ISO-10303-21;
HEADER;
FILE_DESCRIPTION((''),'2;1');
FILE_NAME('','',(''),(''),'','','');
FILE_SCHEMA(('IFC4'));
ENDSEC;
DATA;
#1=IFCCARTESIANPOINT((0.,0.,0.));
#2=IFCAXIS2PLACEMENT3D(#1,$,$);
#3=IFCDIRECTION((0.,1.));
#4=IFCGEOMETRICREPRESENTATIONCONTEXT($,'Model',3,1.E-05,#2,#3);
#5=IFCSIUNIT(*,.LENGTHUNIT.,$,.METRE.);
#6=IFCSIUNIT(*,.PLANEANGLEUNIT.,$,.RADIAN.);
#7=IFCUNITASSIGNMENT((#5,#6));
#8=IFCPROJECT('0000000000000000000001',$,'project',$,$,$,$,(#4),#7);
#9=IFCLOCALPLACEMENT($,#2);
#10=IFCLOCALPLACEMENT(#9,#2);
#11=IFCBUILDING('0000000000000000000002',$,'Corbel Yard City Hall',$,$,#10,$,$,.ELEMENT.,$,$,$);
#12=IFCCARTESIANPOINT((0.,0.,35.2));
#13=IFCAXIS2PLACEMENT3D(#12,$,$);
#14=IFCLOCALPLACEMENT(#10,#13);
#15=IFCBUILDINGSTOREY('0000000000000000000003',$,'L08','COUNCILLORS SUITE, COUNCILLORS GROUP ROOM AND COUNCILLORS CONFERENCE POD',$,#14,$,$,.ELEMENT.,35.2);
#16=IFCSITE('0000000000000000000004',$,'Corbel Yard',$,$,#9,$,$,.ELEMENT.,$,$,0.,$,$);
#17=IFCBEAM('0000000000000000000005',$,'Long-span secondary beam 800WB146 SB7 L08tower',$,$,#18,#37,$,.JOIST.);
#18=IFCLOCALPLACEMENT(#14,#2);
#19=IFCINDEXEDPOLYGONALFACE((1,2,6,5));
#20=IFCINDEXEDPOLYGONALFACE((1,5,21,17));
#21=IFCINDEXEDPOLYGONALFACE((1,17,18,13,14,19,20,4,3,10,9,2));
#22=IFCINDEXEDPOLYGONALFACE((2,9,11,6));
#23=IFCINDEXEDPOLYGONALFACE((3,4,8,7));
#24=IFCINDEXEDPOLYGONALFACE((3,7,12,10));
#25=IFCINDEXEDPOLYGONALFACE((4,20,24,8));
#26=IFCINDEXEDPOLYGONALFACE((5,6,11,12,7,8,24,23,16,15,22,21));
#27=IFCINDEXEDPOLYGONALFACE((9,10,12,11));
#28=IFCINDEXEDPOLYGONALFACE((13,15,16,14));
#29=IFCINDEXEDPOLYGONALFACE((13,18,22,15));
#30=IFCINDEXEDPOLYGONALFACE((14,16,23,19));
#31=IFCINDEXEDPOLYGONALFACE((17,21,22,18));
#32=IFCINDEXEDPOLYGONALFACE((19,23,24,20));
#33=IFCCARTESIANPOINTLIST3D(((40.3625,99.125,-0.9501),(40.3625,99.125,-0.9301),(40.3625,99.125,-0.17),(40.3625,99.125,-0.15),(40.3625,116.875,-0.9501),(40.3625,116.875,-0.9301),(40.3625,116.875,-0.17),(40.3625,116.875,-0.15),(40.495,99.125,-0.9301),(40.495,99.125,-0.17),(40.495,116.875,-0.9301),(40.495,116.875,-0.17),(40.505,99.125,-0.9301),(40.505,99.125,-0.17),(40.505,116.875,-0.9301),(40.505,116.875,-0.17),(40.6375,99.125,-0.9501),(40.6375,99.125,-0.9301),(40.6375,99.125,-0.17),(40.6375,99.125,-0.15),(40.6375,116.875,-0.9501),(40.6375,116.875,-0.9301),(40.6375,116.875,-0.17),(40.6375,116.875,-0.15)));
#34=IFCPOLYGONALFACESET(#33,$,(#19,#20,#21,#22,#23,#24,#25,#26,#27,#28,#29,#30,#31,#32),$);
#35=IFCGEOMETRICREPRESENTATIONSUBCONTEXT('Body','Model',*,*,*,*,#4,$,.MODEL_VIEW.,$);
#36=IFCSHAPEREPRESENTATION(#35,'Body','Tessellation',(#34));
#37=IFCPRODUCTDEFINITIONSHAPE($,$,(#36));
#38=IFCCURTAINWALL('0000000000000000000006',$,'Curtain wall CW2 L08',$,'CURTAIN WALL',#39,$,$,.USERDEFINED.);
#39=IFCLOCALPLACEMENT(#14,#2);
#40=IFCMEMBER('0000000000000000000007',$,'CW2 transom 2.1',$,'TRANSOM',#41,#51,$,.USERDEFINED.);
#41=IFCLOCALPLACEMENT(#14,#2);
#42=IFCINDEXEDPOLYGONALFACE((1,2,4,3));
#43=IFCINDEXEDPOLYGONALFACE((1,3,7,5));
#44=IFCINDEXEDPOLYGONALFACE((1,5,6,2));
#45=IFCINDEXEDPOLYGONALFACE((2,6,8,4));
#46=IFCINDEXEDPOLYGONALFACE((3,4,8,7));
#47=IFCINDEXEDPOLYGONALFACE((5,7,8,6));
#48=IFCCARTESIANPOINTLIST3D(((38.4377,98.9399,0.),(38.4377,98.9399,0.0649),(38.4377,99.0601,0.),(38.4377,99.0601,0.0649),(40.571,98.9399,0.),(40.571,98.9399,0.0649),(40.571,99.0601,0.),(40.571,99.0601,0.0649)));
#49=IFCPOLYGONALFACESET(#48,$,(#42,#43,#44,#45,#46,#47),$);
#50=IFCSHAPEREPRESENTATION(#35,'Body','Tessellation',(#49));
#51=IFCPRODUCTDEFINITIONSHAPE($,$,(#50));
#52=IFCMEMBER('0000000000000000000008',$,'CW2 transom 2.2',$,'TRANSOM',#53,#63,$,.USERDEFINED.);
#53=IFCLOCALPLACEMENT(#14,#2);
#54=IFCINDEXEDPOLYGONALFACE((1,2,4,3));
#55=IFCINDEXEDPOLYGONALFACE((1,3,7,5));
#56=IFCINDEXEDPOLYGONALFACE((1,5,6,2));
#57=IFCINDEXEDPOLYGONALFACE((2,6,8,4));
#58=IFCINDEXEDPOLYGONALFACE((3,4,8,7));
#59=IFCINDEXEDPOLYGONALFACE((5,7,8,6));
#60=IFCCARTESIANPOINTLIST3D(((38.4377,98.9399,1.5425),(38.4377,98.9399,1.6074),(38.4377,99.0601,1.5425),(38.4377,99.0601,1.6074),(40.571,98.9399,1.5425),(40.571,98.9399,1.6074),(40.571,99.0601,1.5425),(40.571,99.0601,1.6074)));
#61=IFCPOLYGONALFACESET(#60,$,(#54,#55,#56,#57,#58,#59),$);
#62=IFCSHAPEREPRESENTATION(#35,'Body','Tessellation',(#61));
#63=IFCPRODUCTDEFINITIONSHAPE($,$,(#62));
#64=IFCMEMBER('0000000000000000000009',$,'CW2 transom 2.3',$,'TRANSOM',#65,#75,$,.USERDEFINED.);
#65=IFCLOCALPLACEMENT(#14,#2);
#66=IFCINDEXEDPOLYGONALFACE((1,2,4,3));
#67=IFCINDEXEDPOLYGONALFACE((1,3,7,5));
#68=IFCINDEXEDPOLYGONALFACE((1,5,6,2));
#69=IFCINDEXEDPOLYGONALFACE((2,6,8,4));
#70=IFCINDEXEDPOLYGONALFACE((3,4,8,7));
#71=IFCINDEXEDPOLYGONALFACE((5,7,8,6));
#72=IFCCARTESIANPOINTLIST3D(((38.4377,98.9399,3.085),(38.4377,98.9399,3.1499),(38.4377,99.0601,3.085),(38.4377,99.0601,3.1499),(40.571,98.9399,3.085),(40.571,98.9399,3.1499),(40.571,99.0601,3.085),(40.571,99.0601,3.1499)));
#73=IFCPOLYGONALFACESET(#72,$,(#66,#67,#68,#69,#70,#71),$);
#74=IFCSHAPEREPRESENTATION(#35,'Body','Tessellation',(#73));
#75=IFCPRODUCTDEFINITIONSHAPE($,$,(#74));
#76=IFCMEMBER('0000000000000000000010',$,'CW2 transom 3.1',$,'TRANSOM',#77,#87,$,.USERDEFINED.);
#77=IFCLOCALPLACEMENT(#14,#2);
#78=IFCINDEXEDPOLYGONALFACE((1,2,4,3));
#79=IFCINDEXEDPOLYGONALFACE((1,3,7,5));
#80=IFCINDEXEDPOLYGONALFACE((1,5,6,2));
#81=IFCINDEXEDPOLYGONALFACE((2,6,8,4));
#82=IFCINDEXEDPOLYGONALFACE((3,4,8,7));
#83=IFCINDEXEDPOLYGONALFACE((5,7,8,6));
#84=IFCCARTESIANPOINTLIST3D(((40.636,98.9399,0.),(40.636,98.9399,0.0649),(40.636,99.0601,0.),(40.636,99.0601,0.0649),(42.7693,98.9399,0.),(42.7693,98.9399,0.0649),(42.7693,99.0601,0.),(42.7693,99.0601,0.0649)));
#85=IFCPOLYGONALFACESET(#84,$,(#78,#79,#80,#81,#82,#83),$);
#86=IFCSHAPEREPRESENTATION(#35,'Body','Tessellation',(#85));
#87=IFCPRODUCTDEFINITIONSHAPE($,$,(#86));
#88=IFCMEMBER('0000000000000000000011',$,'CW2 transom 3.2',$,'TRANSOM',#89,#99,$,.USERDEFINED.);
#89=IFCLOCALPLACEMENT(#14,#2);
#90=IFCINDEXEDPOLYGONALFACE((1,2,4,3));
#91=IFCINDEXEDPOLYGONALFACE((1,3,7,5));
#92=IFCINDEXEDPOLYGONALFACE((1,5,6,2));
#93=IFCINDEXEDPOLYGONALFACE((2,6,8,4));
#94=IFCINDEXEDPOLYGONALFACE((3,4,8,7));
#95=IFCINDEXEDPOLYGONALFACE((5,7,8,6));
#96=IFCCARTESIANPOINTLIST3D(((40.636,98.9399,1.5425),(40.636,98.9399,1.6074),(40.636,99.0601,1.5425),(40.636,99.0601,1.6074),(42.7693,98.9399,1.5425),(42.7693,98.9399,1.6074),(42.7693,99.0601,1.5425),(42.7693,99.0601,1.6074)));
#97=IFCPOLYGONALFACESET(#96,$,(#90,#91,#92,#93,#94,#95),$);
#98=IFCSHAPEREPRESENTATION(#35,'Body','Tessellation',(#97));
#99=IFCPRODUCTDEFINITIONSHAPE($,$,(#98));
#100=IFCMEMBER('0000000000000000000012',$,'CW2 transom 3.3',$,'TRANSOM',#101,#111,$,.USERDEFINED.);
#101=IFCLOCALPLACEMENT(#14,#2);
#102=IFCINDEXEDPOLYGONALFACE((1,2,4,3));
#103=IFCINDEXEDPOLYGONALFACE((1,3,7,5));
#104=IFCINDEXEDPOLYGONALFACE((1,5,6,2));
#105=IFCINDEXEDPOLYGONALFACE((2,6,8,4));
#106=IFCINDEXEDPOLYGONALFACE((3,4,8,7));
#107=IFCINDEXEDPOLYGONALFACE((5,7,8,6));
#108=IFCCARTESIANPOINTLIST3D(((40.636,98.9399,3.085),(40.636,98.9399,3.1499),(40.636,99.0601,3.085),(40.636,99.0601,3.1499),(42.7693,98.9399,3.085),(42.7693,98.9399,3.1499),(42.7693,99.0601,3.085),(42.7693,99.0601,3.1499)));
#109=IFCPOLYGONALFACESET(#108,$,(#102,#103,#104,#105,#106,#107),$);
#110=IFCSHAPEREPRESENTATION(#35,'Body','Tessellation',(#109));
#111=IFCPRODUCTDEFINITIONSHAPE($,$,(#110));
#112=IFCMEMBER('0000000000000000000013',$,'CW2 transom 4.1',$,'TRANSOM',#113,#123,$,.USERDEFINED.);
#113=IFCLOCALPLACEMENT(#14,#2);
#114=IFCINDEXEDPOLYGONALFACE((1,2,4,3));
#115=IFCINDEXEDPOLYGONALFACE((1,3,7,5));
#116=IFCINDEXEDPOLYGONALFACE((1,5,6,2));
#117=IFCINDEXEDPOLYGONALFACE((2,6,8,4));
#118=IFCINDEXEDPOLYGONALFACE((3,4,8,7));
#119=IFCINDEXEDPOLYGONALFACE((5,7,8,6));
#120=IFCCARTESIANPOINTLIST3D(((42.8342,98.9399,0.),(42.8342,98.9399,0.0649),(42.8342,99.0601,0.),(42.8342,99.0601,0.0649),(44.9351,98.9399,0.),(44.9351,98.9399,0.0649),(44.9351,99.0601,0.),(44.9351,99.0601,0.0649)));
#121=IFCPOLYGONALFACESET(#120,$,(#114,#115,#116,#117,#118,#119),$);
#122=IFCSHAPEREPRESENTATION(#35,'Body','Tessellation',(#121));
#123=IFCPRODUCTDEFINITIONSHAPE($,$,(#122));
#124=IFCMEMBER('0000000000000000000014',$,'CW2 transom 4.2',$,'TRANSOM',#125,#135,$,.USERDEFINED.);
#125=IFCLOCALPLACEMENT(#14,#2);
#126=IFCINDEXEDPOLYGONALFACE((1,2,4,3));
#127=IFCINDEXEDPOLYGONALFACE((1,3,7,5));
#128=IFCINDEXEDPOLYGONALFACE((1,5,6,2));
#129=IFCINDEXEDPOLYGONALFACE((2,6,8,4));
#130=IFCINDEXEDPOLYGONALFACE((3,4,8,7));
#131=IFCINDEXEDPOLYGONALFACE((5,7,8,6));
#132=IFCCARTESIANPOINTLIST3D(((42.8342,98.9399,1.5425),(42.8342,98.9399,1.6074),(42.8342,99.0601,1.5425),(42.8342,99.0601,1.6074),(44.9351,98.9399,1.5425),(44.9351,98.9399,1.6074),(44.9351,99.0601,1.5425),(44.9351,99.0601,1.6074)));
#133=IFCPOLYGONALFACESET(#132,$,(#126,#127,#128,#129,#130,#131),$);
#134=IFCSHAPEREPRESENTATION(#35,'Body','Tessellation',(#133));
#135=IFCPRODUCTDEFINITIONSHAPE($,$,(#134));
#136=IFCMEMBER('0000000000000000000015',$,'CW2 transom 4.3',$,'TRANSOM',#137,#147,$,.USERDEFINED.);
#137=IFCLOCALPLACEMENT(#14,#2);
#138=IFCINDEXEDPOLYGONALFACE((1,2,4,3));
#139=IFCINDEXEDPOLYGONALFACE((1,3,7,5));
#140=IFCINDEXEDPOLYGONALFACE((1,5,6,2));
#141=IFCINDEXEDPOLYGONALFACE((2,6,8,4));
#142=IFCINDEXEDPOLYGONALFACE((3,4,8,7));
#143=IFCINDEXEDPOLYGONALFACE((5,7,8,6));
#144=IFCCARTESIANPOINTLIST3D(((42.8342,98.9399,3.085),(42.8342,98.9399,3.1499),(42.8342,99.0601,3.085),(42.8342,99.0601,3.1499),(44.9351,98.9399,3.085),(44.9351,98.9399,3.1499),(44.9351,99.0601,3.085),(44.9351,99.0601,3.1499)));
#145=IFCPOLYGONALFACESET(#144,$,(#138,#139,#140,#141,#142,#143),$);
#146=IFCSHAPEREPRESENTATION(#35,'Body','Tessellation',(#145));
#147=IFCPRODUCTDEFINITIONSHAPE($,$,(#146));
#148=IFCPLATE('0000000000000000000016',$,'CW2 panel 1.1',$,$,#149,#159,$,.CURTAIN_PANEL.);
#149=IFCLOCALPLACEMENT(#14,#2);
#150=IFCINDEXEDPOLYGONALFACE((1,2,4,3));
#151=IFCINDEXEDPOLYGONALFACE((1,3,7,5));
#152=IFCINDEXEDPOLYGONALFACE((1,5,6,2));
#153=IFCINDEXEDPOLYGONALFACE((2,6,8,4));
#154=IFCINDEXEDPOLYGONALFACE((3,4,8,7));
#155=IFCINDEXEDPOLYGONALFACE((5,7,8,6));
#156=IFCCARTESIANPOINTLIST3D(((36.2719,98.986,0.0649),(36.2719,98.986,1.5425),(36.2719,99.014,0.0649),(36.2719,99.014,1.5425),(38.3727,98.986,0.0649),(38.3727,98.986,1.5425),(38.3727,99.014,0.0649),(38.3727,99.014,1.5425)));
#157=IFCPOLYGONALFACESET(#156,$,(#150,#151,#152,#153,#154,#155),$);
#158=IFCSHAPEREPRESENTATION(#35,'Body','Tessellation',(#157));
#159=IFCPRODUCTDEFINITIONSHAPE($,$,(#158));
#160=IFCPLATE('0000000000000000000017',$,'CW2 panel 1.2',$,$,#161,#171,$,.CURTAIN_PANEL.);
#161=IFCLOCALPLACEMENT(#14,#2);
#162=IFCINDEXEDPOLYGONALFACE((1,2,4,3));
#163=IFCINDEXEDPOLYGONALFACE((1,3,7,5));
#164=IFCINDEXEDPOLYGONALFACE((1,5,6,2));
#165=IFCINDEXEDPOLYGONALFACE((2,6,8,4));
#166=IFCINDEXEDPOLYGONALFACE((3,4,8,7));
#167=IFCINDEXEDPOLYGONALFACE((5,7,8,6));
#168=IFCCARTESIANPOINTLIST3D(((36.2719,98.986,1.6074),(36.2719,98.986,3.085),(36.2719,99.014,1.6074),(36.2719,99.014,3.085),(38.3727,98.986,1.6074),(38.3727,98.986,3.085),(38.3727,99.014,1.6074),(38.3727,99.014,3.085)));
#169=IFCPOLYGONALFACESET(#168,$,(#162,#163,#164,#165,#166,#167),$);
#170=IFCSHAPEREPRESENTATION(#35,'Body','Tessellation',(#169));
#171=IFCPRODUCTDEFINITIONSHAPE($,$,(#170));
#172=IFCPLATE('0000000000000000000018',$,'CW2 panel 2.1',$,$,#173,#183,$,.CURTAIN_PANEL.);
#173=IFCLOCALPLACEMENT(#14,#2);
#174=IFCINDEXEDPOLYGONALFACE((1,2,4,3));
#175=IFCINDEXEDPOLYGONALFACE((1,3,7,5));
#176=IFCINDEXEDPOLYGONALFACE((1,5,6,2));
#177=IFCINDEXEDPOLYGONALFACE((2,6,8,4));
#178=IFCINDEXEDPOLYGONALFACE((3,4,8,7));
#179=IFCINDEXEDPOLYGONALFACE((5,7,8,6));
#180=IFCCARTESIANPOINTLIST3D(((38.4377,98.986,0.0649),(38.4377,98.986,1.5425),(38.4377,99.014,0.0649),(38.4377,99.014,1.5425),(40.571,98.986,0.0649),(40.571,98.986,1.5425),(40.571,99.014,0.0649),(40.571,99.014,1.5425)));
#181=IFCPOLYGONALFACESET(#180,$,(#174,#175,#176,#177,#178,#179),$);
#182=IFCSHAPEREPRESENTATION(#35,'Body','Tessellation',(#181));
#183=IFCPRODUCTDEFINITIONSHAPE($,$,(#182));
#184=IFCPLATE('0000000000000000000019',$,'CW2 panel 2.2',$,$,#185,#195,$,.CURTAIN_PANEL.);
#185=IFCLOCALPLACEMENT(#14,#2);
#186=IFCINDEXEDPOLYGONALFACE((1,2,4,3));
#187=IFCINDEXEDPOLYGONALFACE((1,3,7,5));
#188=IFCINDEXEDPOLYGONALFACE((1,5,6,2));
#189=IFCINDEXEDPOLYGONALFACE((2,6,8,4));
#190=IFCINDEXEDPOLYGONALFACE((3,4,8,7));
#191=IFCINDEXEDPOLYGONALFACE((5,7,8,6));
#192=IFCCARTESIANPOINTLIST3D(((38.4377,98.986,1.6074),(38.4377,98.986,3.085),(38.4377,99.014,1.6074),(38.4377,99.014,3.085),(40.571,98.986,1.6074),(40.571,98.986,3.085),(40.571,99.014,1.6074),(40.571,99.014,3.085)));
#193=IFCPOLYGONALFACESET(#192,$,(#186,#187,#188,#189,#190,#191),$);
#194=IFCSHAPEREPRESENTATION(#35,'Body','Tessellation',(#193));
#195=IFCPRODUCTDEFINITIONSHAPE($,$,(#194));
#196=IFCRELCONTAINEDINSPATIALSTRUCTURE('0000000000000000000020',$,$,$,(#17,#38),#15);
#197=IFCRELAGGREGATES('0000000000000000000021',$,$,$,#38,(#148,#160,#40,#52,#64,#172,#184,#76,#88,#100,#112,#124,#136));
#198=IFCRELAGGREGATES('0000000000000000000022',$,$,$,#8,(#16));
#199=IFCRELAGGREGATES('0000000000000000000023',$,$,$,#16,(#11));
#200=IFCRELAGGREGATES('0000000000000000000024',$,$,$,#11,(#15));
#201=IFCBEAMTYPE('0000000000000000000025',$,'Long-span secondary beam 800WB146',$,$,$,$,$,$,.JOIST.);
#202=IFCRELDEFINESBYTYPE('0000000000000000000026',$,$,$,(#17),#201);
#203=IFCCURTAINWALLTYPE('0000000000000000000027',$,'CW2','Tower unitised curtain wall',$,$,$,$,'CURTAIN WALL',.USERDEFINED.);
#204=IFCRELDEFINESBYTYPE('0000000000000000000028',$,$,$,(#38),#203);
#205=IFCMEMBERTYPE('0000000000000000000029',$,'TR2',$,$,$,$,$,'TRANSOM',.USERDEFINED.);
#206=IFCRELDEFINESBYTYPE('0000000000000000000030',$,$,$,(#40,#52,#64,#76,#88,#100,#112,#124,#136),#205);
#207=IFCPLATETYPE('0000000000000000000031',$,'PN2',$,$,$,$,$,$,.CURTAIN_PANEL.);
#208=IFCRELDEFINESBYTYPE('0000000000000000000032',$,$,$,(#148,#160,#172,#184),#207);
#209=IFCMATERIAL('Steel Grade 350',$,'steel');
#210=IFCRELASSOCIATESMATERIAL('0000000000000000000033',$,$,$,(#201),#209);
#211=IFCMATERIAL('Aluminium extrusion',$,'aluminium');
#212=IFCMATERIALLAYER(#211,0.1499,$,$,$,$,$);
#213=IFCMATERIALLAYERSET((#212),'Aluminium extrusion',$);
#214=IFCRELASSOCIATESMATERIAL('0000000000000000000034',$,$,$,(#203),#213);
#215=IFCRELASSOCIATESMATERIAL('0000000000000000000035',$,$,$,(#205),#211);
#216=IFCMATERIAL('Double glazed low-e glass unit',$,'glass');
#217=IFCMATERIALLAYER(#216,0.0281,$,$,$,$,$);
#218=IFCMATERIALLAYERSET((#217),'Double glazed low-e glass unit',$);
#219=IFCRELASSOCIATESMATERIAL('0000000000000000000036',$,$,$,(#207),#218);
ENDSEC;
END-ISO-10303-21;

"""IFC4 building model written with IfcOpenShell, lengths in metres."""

from ifc_helpers import new_model, si_unit, direction, frame, origin, origin_2d, place, context, subcontext, project, spatial, rectangle, i_section, extrude, material, layer, layer_set, material_profile, profile_set, type_object, element, aggregate, save


model = new_model("IFC4")

# Units and contexts
model_context = context("Model", 3, precision=1e-05, world=origin(), true_north=direction((0.0, 1.0)))
body_context = subcontext(model_context, "Body", "Model", "MODEL_VIEW")
ifc_project = project(units=[si_unit("LENGTHUNIT", "METRE"), si_unit("PLANEANGLEUNIT", "RADIAN")], contexts=[model_context])

# Site, building, storey
site_placement = place(None, origin())
site = spatial("IfcSite", under=ifc_project, at=site_placement, Name="Corbel Yard", CompositionType="ELEMENT", RefElevation=0.0)
building_placement = place(site_placement, origin())
building = spatial("IfcBuilding", under=site, at=building_placement, Name="Corbel Yard City Hall", CompositionType="ELEMENT")
storey_placement = place(building_placement, frame((0.0, 0.0, 35.2)))
storey = spatial("IfcBuildingStorey", under=building, at=storey_placement, Name="L08", Description="COUNCILLORS SUITE, COUNCILLORS GROUP ROOM AND COUNCILLORS CONFERENCE POD", CompositionType="ELEMENT", Elevation=35.2)

# Beam
ifc_material_1 = material(Name="Steel Grade 350", Category="steel")
ifc_material_profile_1 = material_profile(ifc_material_1, i_section(OverallWidth=0.2749, OverallDepth=0.8, WebThickness=0.01, FlangeThickness=0.02, at=origin_2d()), Name="800WB146")
ifc_profile_set_1 = profile_set([ifc_material_profile_1], Name="Steel Grade 350")
beam_type = type_object("IfcBeamType", Name="Long-span secondary beam 800WB146", PredefinedType="JOIST", material=ifc_profile_set_1)
beam_placement = place(storey_placement, frame((40.5, 99.125, -0.55), z_axis=(0.0, 1.0, 0.0), x_axis=(-1.0, 0.0, 0.0)))
element("IfcBeam", 1, at=beam_placement, inside=storey, type_object=beam_type, Name="Long-span secondary beam 800WB146 SB7 L08tower", PredefinedType="JOIST", context=body_context, shape_type="SweptSolid", body=[
    extrude(i_section(OverallWidth=0.2749, OverallDepth=0.8, WebThickness=0.01, FlangeThickness=0.02, at=origin_2d()), origin(), (0.0, 0.0, 1.0), 17.75),
])

# Curtain wall, members, plates
ifc_material_2 = material(Name="Aluminium extrusion", Category="aluminium")
ifc_layer_1 = layer(ifc_material_2, 0.1499)
ifc_layer_set_1 = layer_set([ifc_layer_1], Name="Aluminium extrusion")
curtain_wall_type = type_object("IfcCurtainWallType", Name="CW2", Description="Tower unitised curtain wall", ElementType="CURTAIN WALL", PredefinedType="USERDEFINED", material=ifc_layer_set_1)
curtain_wall_placement = place(storey_placement, origin())
curtain_wall = element("IfcCurtainWall", 2, at=curtain_wall_placement, inside=storey, type_object=curtain_wall_type, Name="Curtain wall CW2 L08", ObjectType="CURTAIN WALL", PredefinedType="USERDEFINED")
ifc_material_profile_2 = material_profile(ifc_material_2, rectangle(XDim=0.1201, YDim=0.0649, at=origin_2d()), Name="120x65")
ifc_profile_set_2 = profile_set([ifc_material_profile_2], Name="Aluminium extrusion")
member_type = type_object("IfcMemberType", Name="TR2", ElementType="TRANSOM", PredefinedType="USERDEFINED", material=ifc_profile_set_2)
member_1_placement = place(storey_placement, frame((38.4377, 99.0, 0.0325), z_axis=(1.0, 0.0, 0.0), x_axis=(0.0, 1.0, 0.0)))
member_1 = element("IfcMember", 3, at=member_1_placement, type_object=member_type, Name="CW2 transom 2.1", ObjectType="TRANSOM", PredefinedType="USERDEFINED", context=body_context, shape_type="SweptSolid", body=[
    extrude(rectangle(XDim=0.1201, YDim=0.0649, at=origin_2d()), origin(), (0.0, 0.0, 1.0), 2.1333),
])
member_2_placement = place(storey_placement, frame((38.4377, 99.0, 1.575), z_axis=(1.0, 0.0, 0.0), x_axis=(0.0, 1.0, 0.0)))
member_2 = element("IfcMember", 4, at=member_2_placement, type_object=member_type, Name="CW2 transom 2.2", ObjectType="TRANSOM", PredefinedType="USERDEFINED", context=body_context, shape_type="SweptSolid", body=[
    extrude(rectangle(XDim=0.1201, YDim=0.0649, at=origin_2d()), origin(), (0.0, 0.0, 1.0), 2.1333),
])
member_3_placement = place(storey_placement, frame((38.4377, 99.0, 3.1174), z_axis=(1.0, 0.0, 0.0), x_axis=(0.0, 1.0, 0.0)))
member_3 = element("IfcMember", 5, at=member_3_placement, type_object=member_type, Name="CW2 transom 2.3", ObjectType="TRANSOM", PredefinedType="USERDEFINED", context=body_context, shape_type="SweptSolid", body=[
    extrude(rectangle(XDim=0.1201, YDim=0.0649, at=origin_2d()), origin(), (0.0, 0.0, 1.0), 2.1333),
])
member_4_placement = place(storey_placement, frame((40.636, 99.0, 0.0325), z_axis=(1.0, 0.0, 0.0), x_axis=(0.0, 1.0, 0.0)))
member_4 = element("IfcMember", 6, at=member_4_placement, type_object=member_type, Name="CW2 transom 3.1", ObjectType="TRANSOM", PredefinedType="USERDEFINED", context=body_context, shape_type="SweptSolid", body=[
    extrude(rectangle(XDim=0.1201, YDim=0.0649, at=origin_2d()), origin(), (0.0, 0.0, 1.0), 2.1333),
])
member_5_placement = place(storey_placement, frame((40.636, 99.0, 1.575), z_axis=(1.0, 0.0, 0.0), x_axis=(0.0, 1.0, 0.0)))
member_5 = element("IfcMember", 7, at=member_5_placement, type_object=member_type, Name="CW2 transom 3.2", ObjectType="TRANSOM", PredefinedType="USERDEFINED", context=body_context, shape_type="SweptSolid", body=[
    extrude(rectangle(XDim=0.1201, YDim=0.0649, at=origin_2d()), origin(), (0.0, 0.0, 1.0), 2.1333),
])
member_6_placement = place(storey_placement, frame((40.636, 99.0, 3.1174), z_axis=(1.0, 0.0, 0.0), x_axis=(0.0, 1.0, 0.0)))
member_6 = element("IfcMember", 8, at=member_6_placement, type_object=member_type, Name="CW2 transom 3.3", ObjectType="TRANSOM", PredefinedType="USERDEFINED", context=body_context, shape_type="SweptSolid", body=[
    extrude(rectangle(XDim=0.1201, YDim=0.0649, at=origin_2d()), origin(), (0.0, 0.0, 1.0), 2.1333),
])
member_7_placement = place(storey_placement, frame((42.8342, 99.0, 0.0325), z_axis=(1.0, 0.0, 0.0), x_axis=(0.0, 1.0, 0.0)))
member_7 = element("IfcMember", 9, at=member_7_placement, type_object=member_type, Name="CW2 transom 4.1", ObjectType="TRANSOM", PredefinedType="USERDEFINED", context=body_context, shape_type="SweptSolid", body=[
    extrude(rectangle(XDim=0.1201, YDim=0.0649, at=origin_2d()), origin(), (0.0, 0.0, 1.0), 2.1008),
])
member_8_placement = place(storey_placement, frame((42.8342, 99.0, 1.575), z_axis=(1.0, 0.0, 0.0), x_axis=(0.0, 1.0, 0.0)))
member_8 = element("IfcMember", 10, at=member_8_placement, type_object=member_type, Name="CW2 transom 4.2", ObjectType="TRANSOM", PredefinedType="USERDEFINED", context=body_context, shape_type="SweptSolid", body=[
    extrude(rectangle(XDim=0.1201, YDim=0.0649, at=origin_2d()), origin(), (0.0, 0.0, 1.0), 2.1008),
])
member_9_placement = place(storey_placement, frame((42.8342, 99.0, 3.1174), z_axis=(1.0, 0.0, 0.0), x_axis=(0.0, 1.0, 0.0)))
member_9 = element("IfcMember", 11, at=member_9_placement, type_object=member_type, Name="CW2 transom 4.3", ObjectType="TRANSOM", PredefinedType="USERDEFINED", context=body_context, shape_type="SweptSolid", body=[
    extrude(rectangle(XDim=0.1201, YDim=0.0649, at=origin_2d()), origin(), (0.0, 0.0, 1.0), 2.1008),
])
ifc_material_3 = material(Name="Double glazed low-e glass unit", Category="glass")
ifc_layer_2 = layer(ifc_material_3, 0.0281)
ifc_layer_set_2 = layer_set([ifc_layer_2], Name="Double glazed low-e glass unit")
plate_type = type_object("IfcPlateType", Name="PN2", PredefinedType="CURTAIN_PANEL", material=ifc_layer_set_2)
plate_1_placement = place(storey_placement, frame((37.3223, 99.0, 0.0649), z_axis=(0.0, 0.0, 1.0), x_axis=(1.0, 0.0, 0.0)))
plate_1 = element("IfcPlate", 12, at=plate_1_placement, type_object=plate_type, Name="CW2 panel 1.1", PredefinedType="CURTAIN_PANEL", context=body_context, shape_type="SweptSolid", body=[
    extrude(rectangle(XDim=2.1008, YDim=0.0281, at=origin_2d()), origin(), (0.0, 0.0, 1.0), 1.4775),
])
plate_2_placement = place(storey_placement, frame((37.3223, 99.0, 1.6074), z_axis=(0.0, 0.0, 1.0), x_axis=(1.0, 0.0, 0.0)))
plate_2 = element("IfcPlate", 13, at=plate_2_placement, type_object=plate_type, Name="CW2 panel 1.2", PredefinedType="CURTAIN_PANEL", context=body_context, shape_type="SweptSolid", body=[
    extrude(rectangle(XDim=2.1008, YDim=0.0281, at=origin_2d()), origin(), (0.0, 0.0, 1.0), 1.4775),
])
plate_3_placement = place(storey_placement, frame((39.5044, 99.0, 0.0649), z_axis=(0.0, 0.0, 1.0), x_axis=(1.0, 0.0, 0.0)))
plate_3 = element("IfcPlate", 14, at=plate_3_placement, type_object=plate_type, Name="CW2 panel 2.1", PredefinedType="CURTAIN_PANEL", context=body_context, shape_type="SweptSolid", body=[
    extrude(rectangle(XDim=2.1333, YDim=0.0281, at=origin_2d()), origin(), (0.0, 0.0, 1.0), 1.4775),
])
plate_4_placement = place(storey_placement, frame((39.5044, 99.0, 1.6074), z_axis=(0.0, 0.0, 1.0), x_axis=(1.0, 0.0, 0.0)))
plate_4 = element("IfcPlate", 15, at=plate_4_placement, type_object=plate_type, Name="CW2 panel 2.2", PredefinedType="CURTAIN_PANEL", context=body_context, shape_type="SweptSolid", body=[
    extrude(rectangle(XDim=2.1333, YDim=0.0281, at=origin_2d()), origin(), (0.0, 0.0, 1.0), 1.4775),
])
aggregate(curtain_wall, [plate_1, plate_2, member_1, member_2, member_3, plate_3, plate_4, member_4, member_5, member_6, member_7, member_8, member_9])

save(model, "model.ifc")
